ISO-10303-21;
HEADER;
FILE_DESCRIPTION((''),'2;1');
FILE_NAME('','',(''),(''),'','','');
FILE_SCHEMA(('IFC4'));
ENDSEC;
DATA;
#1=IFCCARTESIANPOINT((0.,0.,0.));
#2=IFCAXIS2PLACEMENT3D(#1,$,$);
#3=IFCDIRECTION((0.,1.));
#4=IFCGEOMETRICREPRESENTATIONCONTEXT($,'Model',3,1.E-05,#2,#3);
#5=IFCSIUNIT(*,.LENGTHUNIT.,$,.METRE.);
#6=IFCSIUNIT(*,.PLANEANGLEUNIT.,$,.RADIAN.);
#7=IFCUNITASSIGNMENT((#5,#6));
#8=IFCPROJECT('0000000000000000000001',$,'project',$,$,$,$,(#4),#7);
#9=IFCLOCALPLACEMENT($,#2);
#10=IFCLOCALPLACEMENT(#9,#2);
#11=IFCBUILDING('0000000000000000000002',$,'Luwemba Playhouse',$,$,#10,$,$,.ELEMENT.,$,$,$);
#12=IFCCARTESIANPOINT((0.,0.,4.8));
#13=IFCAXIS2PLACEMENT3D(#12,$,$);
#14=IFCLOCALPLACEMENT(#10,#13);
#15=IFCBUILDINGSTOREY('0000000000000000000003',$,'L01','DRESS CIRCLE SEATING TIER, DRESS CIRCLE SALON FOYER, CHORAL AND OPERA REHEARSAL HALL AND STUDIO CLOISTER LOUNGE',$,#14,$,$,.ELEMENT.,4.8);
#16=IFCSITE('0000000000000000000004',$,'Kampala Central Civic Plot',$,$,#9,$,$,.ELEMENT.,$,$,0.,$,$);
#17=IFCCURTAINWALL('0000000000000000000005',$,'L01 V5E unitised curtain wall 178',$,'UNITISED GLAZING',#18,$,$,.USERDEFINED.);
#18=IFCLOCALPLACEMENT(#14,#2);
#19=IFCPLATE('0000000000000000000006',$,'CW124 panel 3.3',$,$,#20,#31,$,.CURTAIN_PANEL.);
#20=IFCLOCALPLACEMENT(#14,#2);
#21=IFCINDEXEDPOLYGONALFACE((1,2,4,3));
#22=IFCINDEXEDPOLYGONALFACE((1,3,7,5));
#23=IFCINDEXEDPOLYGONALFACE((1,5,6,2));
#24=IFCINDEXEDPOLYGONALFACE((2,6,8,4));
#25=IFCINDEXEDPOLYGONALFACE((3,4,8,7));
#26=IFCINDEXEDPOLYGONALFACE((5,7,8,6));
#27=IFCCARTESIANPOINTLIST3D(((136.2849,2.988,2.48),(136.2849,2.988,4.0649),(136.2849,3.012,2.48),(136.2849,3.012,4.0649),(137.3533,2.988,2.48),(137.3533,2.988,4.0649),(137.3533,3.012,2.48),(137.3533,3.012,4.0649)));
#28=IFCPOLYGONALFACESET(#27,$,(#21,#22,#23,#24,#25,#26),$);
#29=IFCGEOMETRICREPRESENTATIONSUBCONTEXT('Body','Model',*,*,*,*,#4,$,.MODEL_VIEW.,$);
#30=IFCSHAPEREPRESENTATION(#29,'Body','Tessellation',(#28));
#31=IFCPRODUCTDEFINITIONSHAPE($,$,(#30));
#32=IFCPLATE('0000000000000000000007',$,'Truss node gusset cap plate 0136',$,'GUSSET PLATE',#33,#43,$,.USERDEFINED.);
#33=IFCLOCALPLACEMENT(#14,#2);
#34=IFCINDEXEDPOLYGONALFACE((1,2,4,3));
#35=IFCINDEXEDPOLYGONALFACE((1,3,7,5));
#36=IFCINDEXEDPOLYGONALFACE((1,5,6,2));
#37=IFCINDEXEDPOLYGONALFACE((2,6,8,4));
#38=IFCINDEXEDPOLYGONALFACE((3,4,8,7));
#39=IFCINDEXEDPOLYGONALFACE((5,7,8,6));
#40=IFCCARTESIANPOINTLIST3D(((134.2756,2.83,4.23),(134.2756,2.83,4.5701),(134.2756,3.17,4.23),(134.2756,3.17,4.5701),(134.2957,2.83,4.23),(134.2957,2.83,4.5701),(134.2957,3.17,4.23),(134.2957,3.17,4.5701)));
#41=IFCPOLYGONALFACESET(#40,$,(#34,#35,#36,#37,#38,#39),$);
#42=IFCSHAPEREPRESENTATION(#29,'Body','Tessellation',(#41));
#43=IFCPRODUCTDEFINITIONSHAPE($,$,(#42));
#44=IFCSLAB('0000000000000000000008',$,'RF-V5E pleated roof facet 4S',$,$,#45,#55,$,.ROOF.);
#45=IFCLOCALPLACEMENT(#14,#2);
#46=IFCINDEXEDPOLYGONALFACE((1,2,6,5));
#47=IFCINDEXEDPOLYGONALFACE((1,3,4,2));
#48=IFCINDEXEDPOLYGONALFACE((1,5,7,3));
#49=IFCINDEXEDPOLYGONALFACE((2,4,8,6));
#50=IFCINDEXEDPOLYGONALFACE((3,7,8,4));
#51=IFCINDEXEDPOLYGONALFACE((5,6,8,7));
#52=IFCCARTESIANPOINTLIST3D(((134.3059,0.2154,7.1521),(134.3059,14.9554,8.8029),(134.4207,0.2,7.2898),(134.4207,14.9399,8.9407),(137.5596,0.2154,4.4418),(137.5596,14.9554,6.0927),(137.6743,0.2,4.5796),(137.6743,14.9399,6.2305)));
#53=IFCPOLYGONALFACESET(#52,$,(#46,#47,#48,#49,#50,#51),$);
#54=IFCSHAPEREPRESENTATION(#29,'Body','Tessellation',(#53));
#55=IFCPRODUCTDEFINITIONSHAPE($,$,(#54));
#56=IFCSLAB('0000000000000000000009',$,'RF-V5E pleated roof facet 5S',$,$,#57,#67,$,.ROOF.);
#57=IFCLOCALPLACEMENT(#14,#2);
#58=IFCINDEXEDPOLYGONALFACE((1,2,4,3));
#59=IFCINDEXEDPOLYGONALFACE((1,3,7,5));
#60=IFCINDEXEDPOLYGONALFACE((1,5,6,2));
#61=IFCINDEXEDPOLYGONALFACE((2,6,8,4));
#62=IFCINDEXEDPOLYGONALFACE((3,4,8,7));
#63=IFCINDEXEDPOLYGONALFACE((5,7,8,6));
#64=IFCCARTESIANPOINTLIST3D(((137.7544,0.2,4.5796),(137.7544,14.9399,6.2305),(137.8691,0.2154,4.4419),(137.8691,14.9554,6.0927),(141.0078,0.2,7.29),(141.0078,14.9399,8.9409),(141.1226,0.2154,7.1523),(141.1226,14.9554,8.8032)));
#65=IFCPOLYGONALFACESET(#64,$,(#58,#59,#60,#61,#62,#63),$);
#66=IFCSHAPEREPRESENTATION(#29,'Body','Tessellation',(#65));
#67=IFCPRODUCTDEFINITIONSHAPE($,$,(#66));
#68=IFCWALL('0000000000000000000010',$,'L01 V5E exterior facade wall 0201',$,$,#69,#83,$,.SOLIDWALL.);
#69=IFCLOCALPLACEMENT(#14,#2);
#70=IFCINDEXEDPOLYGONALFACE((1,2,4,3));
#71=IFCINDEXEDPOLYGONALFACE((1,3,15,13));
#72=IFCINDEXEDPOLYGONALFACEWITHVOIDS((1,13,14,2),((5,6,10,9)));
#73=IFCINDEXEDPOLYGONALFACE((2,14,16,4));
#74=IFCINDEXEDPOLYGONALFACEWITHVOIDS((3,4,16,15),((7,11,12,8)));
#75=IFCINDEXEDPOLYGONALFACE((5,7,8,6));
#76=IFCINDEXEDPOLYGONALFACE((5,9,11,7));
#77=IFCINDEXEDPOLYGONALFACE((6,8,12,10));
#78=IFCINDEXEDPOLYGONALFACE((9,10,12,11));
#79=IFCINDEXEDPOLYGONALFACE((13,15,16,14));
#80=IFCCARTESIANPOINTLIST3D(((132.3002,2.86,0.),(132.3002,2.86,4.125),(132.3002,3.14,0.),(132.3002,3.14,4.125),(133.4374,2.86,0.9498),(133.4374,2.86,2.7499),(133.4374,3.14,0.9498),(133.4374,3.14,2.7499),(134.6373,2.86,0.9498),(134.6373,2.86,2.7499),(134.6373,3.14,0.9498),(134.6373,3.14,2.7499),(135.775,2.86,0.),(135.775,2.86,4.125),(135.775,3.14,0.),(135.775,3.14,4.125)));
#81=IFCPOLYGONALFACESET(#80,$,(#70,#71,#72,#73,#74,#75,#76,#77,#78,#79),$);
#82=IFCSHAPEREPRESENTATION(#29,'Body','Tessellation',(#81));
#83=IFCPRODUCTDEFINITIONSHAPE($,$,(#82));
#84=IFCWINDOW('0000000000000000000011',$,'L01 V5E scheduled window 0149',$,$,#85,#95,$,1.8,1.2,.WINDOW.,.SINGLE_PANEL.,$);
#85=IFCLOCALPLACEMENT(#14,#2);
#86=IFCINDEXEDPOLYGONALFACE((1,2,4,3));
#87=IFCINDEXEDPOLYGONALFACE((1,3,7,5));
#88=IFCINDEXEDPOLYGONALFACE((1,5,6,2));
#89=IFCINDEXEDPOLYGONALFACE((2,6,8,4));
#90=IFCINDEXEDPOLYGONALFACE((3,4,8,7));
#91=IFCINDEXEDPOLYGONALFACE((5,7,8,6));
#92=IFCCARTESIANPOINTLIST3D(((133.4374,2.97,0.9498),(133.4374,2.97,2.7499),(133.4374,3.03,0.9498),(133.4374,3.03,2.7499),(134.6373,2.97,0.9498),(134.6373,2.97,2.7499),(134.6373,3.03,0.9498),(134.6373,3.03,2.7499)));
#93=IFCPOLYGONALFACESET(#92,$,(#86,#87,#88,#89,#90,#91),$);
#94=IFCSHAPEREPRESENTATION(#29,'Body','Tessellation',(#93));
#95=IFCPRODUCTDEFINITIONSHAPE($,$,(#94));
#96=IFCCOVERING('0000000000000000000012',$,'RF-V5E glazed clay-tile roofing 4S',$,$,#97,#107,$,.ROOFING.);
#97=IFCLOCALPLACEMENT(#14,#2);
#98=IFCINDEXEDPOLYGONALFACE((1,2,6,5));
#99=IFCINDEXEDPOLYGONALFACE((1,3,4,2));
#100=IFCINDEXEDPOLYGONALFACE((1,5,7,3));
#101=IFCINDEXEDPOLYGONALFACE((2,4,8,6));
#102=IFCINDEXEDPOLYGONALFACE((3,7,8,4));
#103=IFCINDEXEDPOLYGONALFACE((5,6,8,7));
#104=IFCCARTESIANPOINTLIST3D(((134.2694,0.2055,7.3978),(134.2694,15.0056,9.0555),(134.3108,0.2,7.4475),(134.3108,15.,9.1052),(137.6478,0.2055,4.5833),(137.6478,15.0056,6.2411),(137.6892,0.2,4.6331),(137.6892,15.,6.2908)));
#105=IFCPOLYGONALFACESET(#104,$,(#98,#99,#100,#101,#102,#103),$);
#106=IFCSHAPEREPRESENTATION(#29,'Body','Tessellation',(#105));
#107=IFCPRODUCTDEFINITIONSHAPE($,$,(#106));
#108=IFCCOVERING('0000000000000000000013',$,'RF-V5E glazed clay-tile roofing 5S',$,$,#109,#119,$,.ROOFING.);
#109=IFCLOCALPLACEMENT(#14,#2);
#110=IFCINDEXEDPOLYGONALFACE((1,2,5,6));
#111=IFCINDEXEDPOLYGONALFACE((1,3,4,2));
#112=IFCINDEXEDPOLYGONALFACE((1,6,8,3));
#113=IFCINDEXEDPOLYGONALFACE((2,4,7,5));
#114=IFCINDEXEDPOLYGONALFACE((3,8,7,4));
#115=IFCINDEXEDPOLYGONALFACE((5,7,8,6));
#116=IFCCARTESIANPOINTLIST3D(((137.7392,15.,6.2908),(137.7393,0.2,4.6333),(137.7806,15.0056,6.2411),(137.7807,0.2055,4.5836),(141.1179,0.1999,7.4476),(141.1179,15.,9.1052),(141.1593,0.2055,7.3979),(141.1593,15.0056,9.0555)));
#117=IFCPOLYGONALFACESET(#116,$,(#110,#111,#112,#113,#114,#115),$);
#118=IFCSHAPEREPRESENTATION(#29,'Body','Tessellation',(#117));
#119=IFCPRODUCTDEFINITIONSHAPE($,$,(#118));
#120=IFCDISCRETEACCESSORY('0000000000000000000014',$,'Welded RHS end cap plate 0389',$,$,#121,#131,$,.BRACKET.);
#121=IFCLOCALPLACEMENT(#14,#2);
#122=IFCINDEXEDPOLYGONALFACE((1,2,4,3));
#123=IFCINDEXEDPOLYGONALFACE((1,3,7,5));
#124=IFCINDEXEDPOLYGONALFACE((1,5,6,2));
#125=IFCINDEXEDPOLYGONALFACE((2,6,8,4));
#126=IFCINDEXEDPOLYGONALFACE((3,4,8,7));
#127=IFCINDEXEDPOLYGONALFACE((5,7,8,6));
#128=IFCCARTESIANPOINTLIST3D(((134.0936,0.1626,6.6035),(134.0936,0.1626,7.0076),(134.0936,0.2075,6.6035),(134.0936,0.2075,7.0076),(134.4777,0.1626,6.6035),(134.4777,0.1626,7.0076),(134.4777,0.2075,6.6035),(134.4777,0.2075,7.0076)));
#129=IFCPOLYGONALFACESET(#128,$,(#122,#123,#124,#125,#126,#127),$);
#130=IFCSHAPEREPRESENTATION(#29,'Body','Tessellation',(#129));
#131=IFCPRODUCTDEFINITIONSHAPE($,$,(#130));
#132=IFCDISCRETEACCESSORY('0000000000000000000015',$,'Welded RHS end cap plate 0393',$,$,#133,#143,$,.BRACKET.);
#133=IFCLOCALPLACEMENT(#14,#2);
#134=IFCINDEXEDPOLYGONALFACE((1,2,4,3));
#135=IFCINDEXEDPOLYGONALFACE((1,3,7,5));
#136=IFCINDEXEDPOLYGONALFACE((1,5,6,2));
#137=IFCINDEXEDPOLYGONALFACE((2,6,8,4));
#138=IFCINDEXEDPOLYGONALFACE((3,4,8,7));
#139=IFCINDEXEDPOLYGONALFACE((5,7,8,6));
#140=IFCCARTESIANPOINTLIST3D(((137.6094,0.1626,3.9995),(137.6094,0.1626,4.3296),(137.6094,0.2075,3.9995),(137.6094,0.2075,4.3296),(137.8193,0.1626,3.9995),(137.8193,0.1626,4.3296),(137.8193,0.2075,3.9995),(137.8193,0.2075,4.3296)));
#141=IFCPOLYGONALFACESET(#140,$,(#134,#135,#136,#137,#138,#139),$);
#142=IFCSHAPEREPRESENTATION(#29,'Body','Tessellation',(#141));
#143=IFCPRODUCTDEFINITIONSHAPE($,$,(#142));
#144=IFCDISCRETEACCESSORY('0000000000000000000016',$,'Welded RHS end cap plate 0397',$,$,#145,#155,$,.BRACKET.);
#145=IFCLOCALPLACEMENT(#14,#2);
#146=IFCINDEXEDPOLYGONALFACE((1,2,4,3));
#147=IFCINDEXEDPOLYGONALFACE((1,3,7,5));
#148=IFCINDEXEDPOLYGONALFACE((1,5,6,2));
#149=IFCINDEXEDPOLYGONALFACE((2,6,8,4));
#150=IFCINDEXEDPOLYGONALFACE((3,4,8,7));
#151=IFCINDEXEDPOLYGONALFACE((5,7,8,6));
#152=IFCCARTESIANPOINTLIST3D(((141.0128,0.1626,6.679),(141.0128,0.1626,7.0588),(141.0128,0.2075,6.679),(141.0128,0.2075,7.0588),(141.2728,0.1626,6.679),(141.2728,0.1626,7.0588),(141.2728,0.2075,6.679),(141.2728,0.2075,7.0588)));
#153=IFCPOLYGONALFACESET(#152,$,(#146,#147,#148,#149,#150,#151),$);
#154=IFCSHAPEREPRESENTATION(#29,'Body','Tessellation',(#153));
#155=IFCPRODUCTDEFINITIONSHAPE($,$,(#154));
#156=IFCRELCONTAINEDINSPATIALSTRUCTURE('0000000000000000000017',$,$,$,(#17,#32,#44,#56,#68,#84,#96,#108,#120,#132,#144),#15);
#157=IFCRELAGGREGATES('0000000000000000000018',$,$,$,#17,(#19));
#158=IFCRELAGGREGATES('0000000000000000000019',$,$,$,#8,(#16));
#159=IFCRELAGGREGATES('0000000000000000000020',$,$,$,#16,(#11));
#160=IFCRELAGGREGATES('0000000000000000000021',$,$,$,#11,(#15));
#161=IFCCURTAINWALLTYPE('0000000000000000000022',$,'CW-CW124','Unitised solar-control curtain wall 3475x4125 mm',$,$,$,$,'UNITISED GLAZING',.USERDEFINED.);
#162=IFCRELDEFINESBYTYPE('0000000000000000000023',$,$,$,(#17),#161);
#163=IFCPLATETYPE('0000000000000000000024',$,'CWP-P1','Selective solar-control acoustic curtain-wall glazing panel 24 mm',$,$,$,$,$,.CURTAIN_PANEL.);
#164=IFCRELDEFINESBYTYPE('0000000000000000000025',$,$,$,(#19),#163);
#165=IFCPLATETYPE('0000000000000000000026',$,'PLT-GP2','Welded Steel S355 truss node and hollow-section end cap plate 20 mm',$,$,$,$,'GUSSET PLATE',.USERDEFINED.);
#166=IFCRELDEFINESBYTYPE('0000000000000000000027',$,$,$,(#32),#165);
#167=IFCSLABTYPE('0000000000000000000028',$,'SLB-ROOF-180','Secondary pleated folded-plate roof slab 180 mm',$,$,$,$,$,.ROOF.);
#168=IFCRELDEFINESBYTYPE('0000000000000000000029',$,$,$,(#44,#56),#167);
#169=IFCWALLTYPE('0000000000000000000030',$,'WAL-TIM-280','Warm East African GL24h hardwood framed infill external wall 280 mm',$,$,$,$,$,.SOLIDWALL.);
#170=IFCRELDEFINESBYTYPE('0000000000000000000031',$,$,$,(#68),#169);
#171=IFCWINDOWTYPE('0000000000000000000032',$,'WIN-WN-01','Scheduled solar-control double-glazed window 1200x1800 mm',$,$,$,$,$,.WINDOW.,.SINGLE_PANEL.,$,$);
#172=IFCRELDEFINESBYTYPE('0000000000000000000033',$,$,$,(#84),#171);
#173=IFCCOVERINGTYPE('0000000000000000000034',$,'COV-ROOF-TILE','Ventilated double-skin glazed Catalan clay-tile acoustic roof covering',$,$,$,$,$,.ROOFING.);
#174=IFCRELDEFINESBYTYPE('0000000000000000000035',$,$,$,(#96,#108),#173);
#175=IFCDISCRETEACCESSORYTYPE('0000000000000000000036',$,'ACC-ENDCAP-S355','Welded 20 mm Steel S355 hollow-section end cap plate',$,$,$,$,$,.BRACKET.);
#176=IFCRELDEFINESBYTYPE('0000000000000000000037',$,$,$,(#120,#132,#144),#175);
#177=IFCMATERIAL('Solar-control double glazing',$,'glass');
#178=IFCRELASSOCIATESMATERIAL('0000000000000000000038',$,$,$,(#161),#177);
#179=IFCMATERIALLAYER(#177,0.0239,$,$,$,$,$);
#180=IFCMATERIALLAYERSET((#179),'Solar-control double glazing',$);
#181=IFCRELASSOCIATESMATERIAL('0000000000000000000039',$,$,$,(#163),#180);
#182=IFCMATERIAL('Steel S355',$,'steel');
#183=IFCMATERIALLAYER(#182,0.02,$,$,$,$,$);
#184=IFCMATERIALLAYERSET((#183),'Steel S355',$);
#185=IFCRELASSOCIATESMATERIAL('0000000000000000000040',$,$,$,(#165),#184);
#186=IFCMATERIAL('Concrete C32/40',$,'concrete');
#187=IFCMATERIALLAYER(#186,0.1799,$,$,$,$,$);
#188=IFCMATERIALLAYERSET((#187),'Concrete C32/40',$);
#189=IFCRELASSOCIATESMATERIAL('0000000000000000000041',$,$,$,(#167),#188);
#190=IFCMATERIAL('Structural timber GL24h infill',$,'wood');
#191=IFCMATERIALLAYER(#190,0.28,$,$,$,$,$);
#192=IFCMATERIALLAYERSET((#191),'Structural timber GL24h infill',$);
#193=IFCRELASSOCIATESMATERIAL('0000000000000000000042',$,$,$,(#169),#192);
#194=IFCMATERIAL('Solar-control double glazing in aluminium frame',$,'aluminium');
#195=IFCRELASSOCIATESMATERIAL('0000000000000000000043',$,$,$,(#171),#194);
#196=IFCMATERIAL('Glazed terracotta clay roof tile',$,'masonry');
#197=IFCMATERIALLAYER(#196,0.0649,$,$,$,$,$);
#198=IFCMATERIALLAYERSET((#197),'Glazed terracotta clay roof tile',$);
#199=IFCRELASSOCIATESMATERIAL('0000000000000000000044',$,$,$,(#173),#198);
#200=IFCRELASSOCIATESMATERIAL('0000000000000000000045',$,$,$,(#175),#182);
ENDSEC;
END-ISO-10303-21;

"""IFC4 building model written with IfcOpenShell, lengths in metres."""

from ifc_helpers import new_model, si_unit, direction, frame, frame_2d, origin, origin_2d, place, context, subcontext, project, spatial, polyline, rectangle, outline, extrude, material, layer, layer_set, type_object, element, fill, aggregate, save


model = new_model("IFC4")

# Units and contexts
model_context = context("Model", 3, precision=1e-05, world=origin(), true_north=direction((0.0, 1.0)))
body_context = subcontext(model_context, "Body", "Model", "MODEL_VIEW")
ifc_project = project(units=[si_unit("LENGTHUNIT", "METRE"), si_unit("PLANEANGLEUNIT", "RADIAN")], contexts=[model_context])

# Site, building, storey
site_placement = place(None, origin())
site = spatial("IfcSite", under=ifc_project, at=site_placement, Name="Kampala Central Civic Plot", CompositionType="ELEMENT", RefElevation=0.0)
building_placement = place(site_placement, origin())
building = spatial("IfcBuilding", under=site, at=building_placement, Name="Luwemba Playhouse", CompositionType="ELEMENT")
storey_placement = place(building_placement, frame((0.0, 0.0, 4.8)))
storey = spatial("IfcBuildingStorey", under=building, at=storey_placement, Name="L01", Description="DRESS CIRCLE SEATING TIER, DRESS CIRCLE SALON FOYER, CHORAL AND OPERA REHEARSAL HALL AND STUDIO CLOISTER LOUNGE", CompositionType="ELEMENT", Elevation=4.8)

# Shared definitions
ifc_material_1 = material(Name="Steel S355", Category="steel")

# Curtain wall
ifc_material_2 = material(Name="Solar-control double glazing", Category="glass")
curtain_wall_type = type_object("IfcCurtainWallType", Name="CW-CW124", Description="Unitised solar-control curtain wall 3475x4125 mm", ElementType="UNITISED GLAZING", PredefinedType="USERDEFINED", material=ifc_material_2)
curtain_wall_placement = place(storey_placement, origin())
curtain_wall = element("IfcCurtainWall", 1, at=curtain_wall_placement, inside=storey, type_object=curtain_wall_type, Name="L01 V5E unitised curtain wall 178", ObjectType="UNITISED GLAZING", PredefinedType="USERDEFINED")

# Plates
ifc_layer_1 = layer(ifc_material_2, 0.0239)
ifc_layer_set_1 = layer_set([ifc_layer_1], Name="Solar-control double glazing")
plate_type_1 = type_object("IfcPlateType", Name="CWP-P1", Description="Selective solar-control acoustic curtain-wall glazing panel 24 mm", PredefinedType="CURTAIN_PANEL", material=ifc_layer_set_1)
plate_1_placement = place(storey_placement, frame((136.8191, 3.0, 2.48), z_axis=(0.0, 0.0, 1.0), x_axis=(-1.0, 0.0, 0.0)))
plate_1 = element("IfcPlate", 2, at=plate_1_placement, type_object=plate_type_1, Name="CW124 panel 3.3", PredefinedType="CURTAIN_PANEL", context=body_context, shape_type="SweptSolid", body=[
    extrude(rectangle(XDim=1.0684, YDim=0.0239, at=origin_2d()), origin(), (0.0, 0.0, 1.0), 1.585),
])
aggregate(curtain_wall, [plate_1])
ifc_layer_2 = layer(ifc_material_1, 0.02)
ifc_layer_set_2 = layer_set([ifc_layer_2], Name="Steel S355")
plate_type_2 = type_object("IfcPlateType", Name="PLT-GP2", Description="Welded Steel S355 truss node and hollow-section end cap plate 20 mm", ElementType="GUSSET PLATE", PredefinedType="USERDEFINED", material=ifc_layer_set_2)
plate_2_placement = place(storey_placement, frame((134.2856, 3.0, 4.23), z_axis=(0.0, 0.0, 1.0), x_axis=(1.0, 0.0, 0.0)))
element("IfcPlate", 3, at=plate_2_placement, inside=storey, type_object=plate_type_2, Name="Truss node gusset cap plate 0136", ObjectType="GUSSET PLATE", PredefinedType="USERDEFINED", context=body_context, shape_type="SweptSolid", body=[
    extrude(rectangle(XDim=0.02, YDim=0.3401, at=origin_2d()), origin(), (0.0, 0.0, 1.0), 0.3401),
])

# Slabs
ifc_material_3 = material(Name="Concrete C32/40", Category="concrete")
ifc_layer_3 = layer(ifc_material_3, 0.1799)
ifc_layer_set_3 = layer_set([ifc_layer_3], Name="Concrete C32/40")
slab_type = type_object("IfcSlabType", Name="SLB-ROOF-180", Description="Secondary pleated folded-plate roof slab 180 mm", PredefinedType="ROOF", material=ifc_layer_set_3)
slab_1_placement = place(storey_placement, frame((134.4207, 0.2, 7.2898), z_axis=(0.637663, -0.085739, 0.765529), x_axis=(0.768358, 0.0, -0.64002)))
element("IfcSlab", 4, at=slab_1_placement, inside=storey, type_object=slab_type, Name="RF-V5E pleated roof facet 4S", PredefinedType="ROOF", context=body_context, shape_type="SweptSolid", body=[
    extrude(outline(polyline([(0.0, 0.0), (4.2346, 0.0), (3.178, 14.7945), (-1.0566, 14.7945), (0.0, 0.0)])), origin(), (0.0, 0.0, -1.0), 0.1799),
])
slab_2_placement = place(storey_placement, frame((137.7544, 0.2, 4.5796), z_axis=(-0.637726, -0.085733, 0.765478), x_axis=(0.768306, 0.0, 0.640082)))
element("IfcSlab", 5, at=slab_2_placement, inside=storey, type_object=slab_type, Name="RF-V5E pleated roof facet 5S", PredefinedType="ROOF", context=body_context, shape_type="SweptSolid", body=[
    extrude(outline(polyline([(0.0, 0.0), (4.2345, 0.0), (5.2912, 14.7945), (1.0567, 14.7945), (0.0, 0.0)])), origin(), (0.0, 0.0, -1.0), 0.1799),
])

# Wall, opening, window
ifc_material_4 = material(Name="Structural timber GL24h infill", Category="wood")
ifc_layer_4 = layer(ifc_material_4, 0.28)
ifc_layer_set_4 = layer_set([ifc_layer_4], Name="Structural timber GL24h infill")
wall_type = type_object("IfcWallType", Name="WAL-TIM-280", Description="Warm East African GL24h hardwood framed infill external wall 280 mm", PredefinedType="SOLIDWALL", material=ifc_layer_set_4)
wall_placement = place(storey_placement, frame((135.7749, 3.0, 0.0), z_axis=(0.0, 0.0, 1.0), x_axis=(-1.0, 0.0, 0.0)))
wall = element("IfcWall", 6, at=wall_placement, inside=storey, type_object=wall_type, Name="L01 V5E exterior facade wall 0201", PredefinedType="SOLIDWALL", context=body_context, shape_type="SweptSolid", body=[
    extrude(rectangle(XDim=3.4749, YDim=0.28, at=frame_2d((1.7373, 0.0))), origin(), (0.0, 0.0, 1.0), 4.125),
])
opening_placement = place(wall_placement, frame((1.1375, 0.0, 0.95)))
opening = element("IfcOpeningElement", 7, at=opening_placement, cuts=wall, PredefinedType="OPENING", context=body_context, shape_type="SweptSolid", body=[
    extrude(rectangle(XDim=1.2, YDim=1.8, at=frame_2d((0.6001, 0.8999))), frame((0.0, 0.1499, 0.0), z_axis=(0.0, -1.0, 0.0), x_axis=(1.0, 0.0, 0.0)), (0.0, 0.0, 1.0), 0.3),
])
ifc_material_5 = material(Name="Solar-control double glazing in aluminium frame", Category="aluminium")
window_type = type_object("IfcWindowType", Name="WIN-WN-01", Description="Scheduled solar-control double-glazed window 1200x1800 mm", PartitioningType="SINGLE_PANEL", PredefinedType="WINDOW", material=ifc_material_5)
window_placement = place(opening_placement, origin())
window = element("IfcWindow", 8, at=window_placement, inside=storey, type_object=window_type, Name="L01 V5E scheduled window 0149", OverallHeight=1.8, OverallWidth=1.2, PartitioningType="SINGLE_PANEL", PredefinedType="WINDOW", context=body_context, shape_type="SweptSolid", body=[
    extrude(rectangle(XDim=1.2, YDim=1.8, at=frame_2d((0.6001, 0.8999))), frame((0.0, 0.03, 0.0), z_axis=(0.0, -1.0, 0.0), x_axis=(1.0, 0.0, 0.0)), (0.0, 0.0, 1.0), 0.0601),
])
fill(opening, window)

# Coverings
ifc_material_6 = material(Name="Glazed terracotta clay roof tile", Category="masonry")
ifc_layer_5 = layer(ifc_material_6, 0.0649)
ifc_layer_set_5 = layer_set([ifc_layer_5], Name="Glazed terracotta clay roof tile")
covering_type = type_object("IfcCoveringType", Name="COV-ROOF-TILE", Description="Ventilated double-skin glazed Catalan clay-tile acoustic roof covering", PredefinedType="ROOFING", material=ifc_layer_set_5)
covering_1_placement = place(storey_placement, frame((134.3108, 0.2, 7.4475), z_axis=(0.637707, -0.085741, 0.765492), x_axis=(0.768321, 0.0, -0.640064)))
element("IfcCovering", 9, at=covering_1_placement, inside=storey, type_object=covering_type, Name="RF-V5E glazed clay-tile roofing 4S", PredefinedType="ROOFING", context=body_context, shape_type="SweptSolid", body=[
    extrude(outline(polyline([(0.0, 0.0), (4.3971, 0.0), (3.3361, 14.8548), (-1.061, 14.8548), (0.0, 0.0)])), origin(), (0.0, 0.0, -1.0), 0.0649),
])
covering_2_placement = place(storey_placement, frame((137.7393, 0.2, 4.6333), z_axis=(-0.637664, -0.085739, 0.765528), x_axis=(0.768358, -0.000002, 0.64002)))
element("IfcCovering", 10, at=covering_2_placement, inside=storey, type_object=covering_type, Name="RF-V5E glazed clay-tile roofing 5S", PredefinedType="ROOFING", context=body_context, shape_type="SweptSolid", body=[
    extrude(outline(polyline([(0.0, 0.0), (4.3972, 0.0), (5.4581, 14.8548), (1.0608, 14.8547), (0.0, 0.0)])), origin(), (0.0, 0.0, -1.0), 0.0649),
])

# Discrete accessories
discrete_accessory_type = type_object("IfcDiscreteAccessoryType", Name="ACC-ENDCAP-S355", Description="Welded 20 mm Steel S355 hollow-section end cap plate", PredefinedType="BRACKET", material=ifc_material_1)
discrete_accessory_1_placement = place(storey_placement, frame((134.2856, 0.1851, 6.6035), z_axis=(0.0, 0.0, 1.0), x_axis=(1.0, 0.0, 0.0)))
element("IfcDiscreteAccessory", 11, at=discrete_accessory_1_placement, inside=storey, type_object=discrete_accessory_type, Name="Welded RHS end cap plate 0389", PredefinedType="BRACKET", context=body_context, shape_type="SweptSolid", body=[
    extrude(rectangle(XDim=0.384, YDim=0.0449, at=origin_2d()), origin(), (0.0, 0.0, 1.0), 0.4041),
])
discrete_accessory_2_placement = place(storey_placement, frame((137.7144, 0.1851, 3.9995), z_axis=(0.0, 0.0, 1.0), x_axis=(1.0, 0.0, 0.0)))
element("IfcDiscreteAccessory", 12, at=discrete_accessory_2_placement, inside=storey, type_object=discrete_accessory_type, Name="Welded RHS end cap plate 0393", PredefinedType="BRACKET", context=body_context, shape_type="SweptSolid", body=[
    extrude(rectangle(XDim=0.21, YDim=0.0449, at=origin_2d()), origin(), (0.0, 0.0, 1.0), 0.3301),
])
discrete_accessory_3_placement = place(storey_placement, frame((141.1428, 0.1851, 6.679), z_axis=(0.0, 0.0, 1.0), x_axis=(1.0, 0.0, 0.0)))
element("IfcDiscreteAccessory", 13, at=discrete_accessory_3_placement, inside=storey, type_object=discrete_accessory_type, Name="Welded RHS end cap plate 0397", PredefinedType="BRACKET", context=body_context, shape_type="SweptSolid", body=[
    extrude(rectangle(XDim=0.26, YDim=0.0449, at=origin_2d()), origin(), (0.0, 0.0, 1.0), 0.3799),
])

save(model, "model.ifc")
